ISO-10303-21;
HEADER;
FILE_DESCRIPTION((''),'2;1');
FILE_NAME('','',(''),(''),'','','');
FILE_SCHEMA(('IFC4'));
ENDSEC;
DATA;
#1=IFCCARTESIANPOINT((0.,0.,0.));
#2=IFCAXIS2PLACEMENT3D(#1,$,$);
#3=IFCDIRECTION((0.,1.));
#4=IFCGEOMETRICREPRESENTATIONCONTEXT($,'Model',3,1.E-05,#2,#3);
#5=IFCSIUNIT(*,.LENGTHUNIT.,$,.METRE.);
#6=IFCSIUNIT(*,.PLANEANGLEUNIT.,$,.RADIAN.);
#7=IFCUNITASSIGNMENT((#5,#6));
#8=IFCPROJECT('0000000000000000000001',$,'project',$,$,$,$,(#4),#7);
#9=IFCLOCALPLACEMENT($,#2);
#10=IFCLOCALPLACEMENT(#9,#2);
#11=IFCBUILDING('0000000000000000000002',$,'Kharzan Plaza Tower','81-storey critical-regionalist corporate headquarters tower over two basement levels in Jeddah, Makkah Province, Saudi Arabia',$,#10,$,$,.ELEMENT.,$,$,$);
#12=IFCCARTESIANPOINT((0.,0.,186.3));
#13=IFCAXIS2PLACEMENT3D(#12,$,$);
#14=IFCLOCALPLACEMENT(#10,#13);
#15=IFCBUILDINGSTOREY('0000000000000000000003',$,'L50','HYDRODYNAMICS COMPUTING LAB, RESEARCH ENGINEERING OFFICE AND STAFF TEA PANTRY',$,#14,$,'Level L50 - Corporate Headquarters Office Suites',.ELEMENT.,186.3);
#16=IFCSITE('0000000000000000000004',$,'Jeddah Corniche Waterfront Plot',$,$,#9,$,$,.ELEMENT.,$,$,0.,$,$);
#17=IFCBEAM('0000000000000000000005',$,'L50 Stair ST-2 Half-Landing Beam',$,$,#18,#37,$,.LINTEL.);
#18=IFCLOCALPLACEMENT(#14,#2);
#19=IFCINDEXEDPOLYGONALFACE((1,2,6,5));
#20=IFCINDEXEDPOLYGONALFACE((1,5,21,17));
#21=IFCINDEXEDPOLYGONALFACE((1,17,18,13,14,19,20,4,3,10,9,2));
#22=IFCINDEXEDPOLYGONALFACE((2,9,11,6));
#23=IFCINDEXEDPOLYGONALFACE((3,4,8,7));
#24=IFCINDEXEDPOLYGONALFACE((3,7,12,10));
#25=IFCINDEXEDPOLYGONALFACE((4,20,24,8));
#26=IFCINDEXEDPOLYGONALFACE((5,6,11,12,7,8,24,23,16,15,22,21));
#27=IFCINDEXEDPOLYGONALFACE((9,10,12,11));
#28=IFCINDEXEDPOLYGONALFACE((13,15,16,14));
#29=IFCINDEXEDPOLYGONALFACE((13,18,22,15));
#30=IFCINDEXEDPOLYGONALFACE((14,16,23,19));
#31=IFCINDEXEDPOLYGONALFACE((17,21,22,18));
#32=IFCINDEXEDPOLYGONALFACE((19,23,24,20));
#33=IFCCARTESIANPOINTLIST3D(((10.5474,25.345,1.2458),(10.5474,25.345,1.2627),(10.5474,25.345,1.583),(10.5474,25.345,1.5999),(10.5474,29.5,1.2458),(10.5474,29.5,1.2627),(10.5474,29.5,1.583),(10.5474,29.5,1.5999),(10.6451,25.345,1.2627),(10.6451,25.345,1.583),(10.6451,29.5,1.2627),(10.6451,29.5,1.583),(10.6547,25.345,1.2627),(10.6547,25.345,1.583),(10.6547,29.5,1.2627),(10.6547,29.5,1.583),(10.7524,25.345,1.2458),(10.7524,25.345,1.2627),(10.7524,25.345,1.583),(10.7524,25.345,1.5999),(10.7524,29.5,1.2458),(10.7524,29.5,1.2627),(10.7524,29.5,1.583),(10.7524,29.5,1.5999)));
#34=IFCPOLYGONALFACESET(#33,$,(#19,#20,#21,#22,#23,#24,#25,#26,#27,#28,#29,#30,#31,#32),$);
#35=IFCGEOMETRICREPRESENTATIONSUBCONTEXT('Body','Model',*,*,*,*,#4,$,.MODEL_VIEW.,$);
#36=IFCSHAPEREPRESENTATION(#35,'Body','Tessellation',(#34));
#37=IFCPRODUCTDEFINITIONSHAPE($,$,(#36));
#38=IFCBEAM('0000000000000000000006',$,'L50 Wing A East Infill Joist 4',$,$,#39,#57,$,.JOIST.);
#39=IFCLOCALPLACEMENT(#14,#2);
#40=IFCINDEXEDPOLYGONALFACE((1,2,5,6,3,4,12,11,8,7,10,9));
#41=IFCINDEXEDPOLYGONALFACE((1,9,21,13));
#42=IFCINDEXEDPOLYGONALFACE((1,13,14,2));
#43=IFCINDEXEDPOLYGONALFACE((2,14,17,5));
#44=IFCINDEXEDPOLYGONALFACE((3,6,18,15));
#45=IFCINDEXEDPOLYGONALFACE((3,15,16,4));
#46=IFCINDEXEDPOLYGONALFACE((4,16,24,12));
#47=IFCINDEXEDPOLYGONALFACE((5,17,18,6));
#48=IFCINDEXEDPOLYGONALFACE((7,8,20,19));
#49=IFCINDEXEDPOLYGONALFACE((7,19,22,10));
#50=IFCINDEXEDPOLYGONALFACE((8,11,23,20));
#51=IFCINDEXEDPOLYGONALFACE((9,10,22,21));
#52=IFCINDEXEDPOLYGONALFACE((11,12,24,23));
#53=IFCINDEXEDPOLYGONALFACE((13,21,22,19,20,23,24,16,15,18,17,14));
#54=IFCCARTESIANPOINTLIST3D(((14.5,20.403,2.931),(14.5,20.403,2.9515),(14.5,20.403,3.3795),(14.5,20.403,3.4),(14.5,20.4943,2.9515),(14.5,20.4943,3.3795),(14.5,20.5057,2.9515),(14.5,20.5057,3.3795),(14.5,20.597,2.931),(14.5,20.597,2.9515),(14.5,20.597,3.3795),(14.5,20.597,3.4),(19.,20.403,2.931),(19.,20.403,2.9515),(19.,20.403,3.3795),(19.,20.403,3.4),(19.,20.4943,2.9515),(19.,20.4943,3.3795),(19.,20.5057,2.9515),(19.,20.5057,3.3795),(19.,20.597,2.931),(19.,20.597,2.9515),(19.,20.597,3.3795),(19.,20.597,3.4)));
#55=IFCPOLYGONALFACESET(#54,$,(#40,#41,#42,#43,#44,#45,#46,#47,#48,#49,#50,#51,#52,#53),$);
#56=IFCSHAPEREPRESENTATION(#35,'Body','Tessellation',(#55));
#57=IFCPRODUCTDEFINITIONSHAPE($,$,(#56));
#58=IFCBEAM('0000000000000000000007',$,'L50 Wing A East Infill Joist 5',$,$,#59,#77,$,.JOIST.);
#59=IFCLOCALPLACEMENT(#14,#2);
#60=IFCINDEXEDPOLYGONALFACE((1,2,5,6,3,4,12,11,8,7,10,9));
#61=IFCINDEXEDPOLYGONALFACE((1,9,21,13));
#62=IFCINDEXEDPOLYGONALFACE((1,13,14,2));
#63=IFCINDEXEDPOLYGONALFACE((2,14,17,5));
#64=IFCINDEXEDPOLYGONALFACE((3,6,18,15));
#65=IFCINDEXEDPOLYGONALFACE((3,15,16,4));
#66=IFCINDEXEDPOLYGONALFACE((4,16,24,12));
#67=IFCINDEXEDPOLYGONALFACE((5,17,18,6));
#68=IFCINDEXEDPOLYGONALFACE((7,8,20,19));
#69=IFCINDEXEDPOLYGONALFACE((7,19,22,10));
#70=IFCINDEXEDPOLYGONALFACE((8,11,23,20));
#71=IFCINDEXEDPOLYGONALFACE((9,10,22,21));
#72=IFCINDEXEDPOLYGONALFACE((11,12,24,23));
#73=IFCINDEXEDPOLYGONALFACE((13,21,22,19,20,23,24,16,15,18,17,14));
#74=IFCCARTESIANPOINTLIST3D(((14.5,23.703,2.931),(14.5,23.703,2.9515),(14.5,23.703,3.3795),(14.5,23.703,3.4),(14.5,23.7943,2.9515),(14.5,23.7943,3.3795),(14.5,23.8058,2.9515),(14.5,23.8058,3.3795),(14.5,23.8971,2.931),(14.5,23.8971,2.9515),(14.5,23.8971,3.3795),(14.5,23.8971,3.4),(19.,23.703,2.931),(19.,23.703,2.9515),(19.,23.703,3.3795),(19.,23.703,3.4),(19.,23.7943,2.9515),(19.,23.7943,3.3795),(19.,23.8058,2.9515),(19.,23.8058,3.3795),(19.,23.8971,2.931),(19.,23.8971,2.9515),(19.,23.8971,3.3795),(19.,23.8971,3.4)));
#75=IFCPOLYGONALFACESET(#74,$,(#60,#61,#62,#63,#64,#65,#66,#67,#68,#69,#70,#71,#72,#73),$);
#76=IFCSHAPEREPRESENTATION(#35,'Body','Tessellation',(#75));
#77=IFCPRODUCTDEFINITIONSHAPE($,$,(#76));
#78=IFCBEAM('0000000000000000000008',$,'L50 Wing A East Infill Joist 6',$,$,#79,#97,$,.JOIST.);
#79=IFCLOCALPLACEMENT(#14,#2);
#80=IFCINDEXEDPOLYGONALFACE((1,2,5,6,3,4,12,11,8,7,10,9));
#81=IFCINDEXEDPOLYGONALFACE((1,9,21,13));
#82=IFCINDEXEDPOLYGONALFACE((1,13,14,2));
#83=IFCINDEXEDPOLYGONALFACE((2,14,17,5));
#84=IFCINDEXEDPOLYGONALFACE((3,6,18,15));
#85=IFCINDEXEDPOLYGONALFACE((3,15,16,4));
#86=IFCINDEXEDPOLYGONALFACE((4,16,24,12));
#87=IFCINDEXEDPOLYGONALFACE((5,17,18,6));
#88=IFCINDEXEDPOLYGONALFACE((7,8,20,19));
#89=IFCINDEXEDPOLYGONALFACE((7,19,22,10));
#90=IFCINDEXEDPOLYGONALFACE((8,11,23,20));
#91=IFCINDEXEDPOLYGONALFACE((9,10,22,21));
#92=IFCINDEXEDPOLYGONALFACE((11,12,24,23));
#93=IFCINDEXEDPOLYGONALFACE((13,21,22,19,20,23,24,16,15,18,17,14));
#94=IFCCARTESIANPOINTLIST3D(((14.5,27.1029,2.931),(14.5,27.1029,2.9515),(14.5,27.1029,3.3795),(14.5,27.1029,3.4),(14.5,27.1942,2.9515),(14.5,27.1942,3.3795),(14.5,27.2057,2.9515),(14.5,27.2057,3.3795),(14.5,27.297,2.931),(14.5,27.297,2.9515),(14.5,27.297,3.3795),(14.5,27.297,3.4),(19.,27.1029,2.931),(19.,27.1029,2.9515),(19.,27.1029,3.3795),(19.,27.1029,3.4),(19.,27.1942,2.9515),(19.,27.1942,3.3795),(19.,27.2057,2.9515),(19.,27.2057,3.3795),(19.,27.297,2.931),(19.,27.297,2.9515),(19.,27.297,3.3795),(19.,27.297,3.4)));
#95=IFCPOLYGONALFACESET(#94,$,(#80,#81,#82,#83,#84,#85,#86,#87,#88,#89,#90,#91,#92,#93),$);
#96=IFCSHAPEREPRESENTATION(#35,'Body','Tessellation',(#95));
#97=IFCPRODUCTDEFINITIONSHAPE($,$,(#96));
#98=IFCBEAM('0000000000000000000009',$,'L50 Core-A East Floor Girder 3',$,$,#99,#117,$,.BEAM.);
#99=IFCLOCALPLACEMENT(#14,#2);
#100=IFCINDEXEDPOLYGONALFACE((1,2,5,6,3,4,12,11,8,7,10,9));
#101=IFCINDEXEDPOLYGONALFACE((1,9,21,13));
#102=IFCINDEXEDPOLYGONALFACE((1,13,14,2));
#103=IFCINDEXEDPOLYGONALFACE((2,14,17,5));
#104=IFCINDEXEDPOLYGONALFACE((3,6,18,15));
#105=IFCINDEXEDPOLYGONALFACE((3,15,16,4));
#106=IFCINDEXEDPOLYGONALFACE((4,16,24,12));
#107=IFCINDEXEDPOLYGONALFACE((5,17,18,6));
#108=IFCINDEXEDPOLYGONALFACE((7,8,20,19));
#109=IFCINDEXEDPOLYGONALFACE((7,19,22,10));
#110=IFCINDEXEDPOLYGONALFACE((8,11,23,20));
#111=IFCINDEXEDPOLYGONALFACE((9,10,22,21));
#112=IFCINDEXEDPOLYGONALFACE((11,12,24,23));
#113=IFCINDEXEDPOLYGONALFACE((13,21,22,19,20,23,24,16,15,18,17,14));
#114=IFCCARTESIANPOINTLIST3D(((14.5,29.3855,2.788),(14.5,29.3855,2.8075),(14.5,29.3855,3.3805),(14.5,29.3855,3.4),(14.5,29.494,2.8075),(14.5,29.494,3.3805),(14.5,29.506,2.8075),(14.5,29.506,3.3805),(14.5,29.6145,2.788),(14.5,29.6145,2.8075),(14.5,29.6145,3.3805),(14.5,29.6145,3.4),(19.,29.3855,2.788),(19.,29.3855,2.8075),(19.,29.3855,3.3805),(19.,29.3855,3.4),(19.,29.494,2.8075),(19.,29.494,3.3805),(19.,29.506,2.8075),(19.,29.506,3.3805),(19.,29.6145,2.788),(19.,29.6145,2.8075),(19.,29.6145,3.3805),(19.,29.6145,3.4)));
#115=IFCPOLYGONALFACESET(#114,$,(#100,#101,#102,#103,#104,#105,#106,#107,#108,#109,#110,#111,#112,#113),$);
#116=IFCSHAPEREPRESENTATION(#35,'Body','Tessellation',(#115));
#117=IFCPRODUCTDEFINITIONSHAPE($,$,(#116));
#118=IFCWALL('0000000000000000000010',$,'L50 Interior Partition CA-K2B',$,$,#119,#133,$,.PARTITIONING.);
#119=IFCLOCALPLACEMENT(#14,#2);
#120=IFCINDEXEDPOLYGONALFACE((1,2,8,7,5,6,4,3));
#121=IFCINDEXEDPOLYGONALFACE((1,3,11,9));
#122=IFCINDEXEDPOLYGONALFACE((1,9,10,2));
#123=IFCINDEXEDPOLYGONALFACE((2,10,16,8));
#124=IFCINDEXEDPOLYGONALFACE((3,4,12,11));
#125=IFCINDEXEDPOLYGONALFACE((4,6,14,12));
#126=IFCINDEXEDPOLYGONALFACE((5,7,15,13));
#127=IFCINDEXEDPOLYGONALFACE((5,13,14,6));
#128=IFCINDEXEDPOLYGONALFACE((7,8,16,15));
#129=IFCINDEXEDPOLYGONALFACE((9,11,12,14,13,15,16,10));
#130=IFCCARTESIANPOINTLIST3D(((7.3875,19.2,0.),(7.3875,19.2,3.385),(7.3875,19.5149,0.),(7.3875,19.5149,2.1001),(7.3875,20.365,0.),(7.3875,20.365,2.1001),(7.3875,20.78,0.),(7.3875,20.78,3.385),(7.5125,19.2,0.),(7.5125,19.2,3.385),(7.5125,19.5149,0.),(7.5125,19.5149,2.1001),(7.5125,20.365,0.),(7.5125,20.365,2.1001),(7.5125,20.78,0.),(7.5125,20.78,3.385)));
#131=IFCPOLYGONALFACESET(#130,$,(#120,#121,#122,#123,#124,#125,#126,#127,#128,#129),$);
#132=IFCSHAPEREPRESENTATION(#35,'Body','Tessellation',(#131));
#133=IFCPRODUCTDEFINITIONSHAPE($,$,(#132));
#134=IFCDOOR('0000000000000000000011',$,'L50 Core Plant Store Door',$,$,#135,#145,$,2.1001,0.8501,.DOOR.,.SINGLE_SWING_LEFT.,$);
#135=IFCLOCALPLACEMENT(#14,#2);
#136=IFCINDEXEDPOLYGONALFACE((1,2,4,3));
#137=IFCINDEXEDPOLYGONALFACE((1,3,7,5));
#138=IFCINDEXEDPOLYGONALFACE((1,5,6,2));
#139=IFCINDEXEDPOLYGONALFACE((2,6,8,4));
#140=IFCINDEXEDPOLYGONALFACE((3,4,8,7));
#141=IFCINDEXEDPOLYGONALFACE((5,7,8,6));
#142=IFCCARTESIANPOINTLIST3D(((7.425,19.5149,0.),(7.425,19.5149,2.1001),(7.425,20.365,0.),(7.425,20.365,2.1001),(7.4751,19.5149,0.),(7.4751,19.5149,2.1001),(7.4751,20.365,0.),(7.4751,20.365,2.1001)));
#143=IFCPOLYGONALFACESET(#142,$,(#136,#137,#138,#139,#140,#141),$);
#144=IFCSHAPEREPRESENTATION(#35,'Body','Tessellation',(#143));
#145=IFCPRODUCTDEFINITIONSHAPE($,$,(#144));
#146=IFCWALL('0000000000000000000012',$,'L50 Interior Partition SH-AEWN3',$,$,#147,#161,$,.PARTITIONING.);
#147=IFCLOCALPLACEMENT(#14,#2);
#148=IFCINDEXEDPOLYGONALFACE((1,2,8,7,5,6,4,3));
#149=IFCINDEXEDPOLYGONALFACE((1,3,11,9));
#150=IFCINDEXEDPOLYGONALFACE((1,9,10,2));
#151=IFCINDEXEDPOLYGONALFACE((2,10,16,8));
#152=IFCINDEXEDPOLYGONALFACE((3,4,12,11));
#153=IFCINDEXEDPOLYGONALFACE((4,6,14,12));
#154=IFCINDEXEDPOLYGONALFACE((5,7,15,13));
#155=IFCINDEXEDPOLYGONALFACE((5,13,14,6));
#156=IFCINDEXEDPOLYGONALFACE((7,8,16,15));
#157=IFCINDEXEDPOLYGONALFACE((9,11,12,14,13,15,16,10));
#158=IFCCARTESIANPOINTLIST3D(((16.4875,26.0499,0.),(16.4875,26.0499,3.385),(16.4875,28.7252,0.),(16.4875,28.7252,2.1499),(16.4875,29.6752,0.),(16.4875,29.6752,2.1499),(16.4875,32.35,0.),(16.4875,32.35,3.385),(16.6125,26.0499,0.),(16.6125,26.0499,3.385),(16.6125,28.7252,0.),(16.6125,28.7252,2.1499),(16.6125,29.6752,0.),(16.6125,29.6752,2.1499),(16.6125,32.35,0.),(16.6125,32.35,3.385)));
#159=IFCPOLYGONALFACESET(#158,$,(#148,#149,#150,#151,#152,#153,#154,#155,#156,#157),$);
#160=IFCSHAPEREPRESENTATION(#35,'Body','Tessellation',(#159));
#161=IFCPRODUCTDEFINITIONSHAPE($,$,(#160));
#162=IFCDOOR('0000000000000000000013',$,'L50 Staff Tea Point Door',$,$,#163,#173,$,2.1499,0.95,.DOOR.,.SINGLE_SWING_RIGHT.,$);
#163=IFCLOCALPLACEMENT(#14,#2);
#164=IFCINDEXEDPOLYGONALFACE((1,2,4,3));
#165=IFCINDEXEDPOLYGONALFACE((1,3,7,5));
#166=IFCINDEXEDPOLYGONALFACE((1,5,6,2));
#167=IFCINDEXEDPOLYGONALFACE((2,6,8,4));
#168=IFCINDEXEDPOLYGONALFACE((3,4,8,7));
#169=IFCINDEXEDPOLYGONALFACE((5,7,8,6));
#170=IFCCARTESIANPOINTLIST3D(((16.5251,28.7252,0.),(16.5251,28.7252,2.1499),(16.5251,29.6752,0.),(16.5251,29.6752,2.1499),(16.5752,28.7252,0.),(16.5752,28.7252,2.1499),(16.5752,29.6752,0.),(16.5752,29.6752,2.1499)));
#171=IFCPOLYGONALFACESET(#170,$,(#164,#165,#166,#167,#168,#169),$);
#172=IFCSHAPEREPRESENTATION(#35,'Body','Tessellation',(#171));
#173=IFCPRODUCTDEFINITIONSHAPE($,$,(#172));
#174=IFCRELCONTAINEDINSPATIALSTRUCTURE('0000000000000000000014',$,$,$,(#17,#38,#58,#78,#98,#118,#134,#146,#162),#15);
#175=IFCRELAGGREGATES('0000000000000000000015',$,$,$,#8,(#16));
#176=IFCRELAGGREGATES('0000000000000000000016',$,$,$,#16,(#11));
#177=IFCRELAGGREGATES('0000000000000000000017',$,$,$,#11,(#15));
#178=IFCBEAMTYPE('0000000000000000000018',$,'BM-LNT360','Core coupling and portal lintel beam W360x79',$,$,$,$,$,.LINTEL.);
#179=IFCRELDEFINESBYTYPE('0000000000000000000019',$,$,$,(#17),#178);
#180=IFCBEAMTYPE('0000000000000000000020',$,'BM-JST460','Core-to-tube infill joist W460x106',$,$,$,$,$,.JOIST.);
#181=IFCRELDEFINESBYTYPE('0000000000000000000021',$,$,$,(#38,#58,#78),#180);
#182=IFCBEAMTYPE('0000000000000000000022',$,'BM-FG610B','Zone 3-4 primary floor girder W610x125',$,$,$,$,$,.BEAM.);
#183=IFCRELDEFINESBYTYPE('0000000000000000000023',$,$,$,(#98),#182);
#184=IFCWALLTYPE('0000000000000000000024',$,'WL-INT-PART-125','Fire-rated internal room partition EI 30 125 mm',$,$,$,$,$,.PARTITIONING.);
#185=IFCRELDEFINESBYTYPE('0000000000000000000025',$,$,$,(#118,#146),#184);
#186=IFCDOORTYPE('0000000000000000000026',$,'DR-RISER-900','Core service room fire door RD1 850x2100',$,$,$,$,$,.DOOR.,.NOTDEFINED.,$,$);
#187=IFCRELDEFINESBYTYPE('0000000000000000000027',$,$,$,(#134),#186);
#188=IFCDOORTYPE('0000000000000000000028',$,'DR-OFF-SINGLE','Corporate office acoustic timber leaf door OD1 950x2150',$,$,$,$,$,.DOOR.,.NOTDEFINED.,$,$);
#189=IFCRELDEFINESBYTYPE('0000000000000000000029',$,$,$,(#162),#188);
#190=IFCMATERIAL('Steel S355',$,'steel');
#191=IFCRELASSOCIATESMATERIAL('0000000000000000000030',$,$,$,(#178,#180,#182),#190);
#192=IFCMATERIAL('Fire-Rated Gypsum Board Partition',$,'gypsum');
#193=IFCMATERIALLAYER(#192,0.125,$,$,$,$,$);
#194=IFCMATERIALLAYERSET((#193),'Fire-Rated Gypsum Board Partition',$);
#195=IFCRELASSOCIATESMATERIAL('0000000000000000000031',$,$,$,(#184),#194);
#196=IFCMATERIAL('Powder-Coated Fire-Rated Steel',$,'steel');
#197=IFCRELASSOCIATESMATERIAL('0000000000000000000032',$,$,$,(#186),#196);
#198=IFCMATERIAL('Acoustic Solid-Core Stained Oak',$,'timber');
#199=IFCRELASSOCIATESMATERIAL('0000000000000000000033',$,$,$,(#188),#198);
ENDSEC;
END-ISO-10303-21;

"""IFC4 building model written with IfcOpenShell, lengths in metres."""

from ifc_helpers import new_model, si_unit, direction, frame, frame_2d, origin, origin_2d, place, context, subcontext, project, spatial, rectangle, i_section, extrude, source, transform, mapped, material, layer, layer_set, material_profile, profile_set, type_object, element, fill, save


model = new_model("IFC4")

# Units and contexts
model_context = context("Model", 3, precision=1e-05, world=origin(), true_north=direction((0.0, 1.0)))
body_context = subcontext(model_context, "Body", "Model", "MODEL_VIEW")
ifc_project = project(units=[si_unit("LENGTHUNIT", "METRE"), si_unit("PLANEANGLEUNIT", "RADIAN")], contexts=[model_context])

# Site, building, storey
site_placement = place(None, origin())
site = spatial("IfcSite", under=ifc_project, at=site_placement, Name="Jeddah Corniche Waterfront Plot", CompositionType="ELEMENT", RefElevation=0.0)
building_placement = place(site_placement, origin())
building = spatial("IfcBuilding", under=site, at=building_placement, Name="Kharzan Plaza Tower", Description="81-storey critical-regionalist corporate headquarters tower over two basement levels in Jeddah, Makkah Province, Saudi Arabia", CompositionType="ELEMENT")
storey_placement = place(building_placement, frame((0.0, 0.0, 186.3)))
storey = spatial("IfcBuildingStorey", under=building, at=storey_placement, Name="L50", Description="HYDRODYNAMICS COMPUTING LAB, RESEARCH ENGINEERING OFFICE AND STAFF TEA PANTRY", LongName="Level L50 - Corporate Headquarters Office Suites", CompositionType="ELEMENT", Elevation=186.3)

# Beams
ifc_material_1 = material(Name="Steel S355", Category="steel")
ifc_material_profile_1 = material_profile(ifc_material_1, i_section(OverallWidth=0.2051, OverallDepth=0.354, WebThickness=0.0095, FlangeThickness=0.0168, at=origin_2d()), Name="W360x79")
ifc_profile_set_1 = profile_set([ifc_material_profile_1], Name="Steel S355")
beam_type_1 = type_object("IfcBeamType", Name="BM-LNT360", Description="Core coupling and portal lintel beam W360x79", PredefinedType="LINTEL", material=ifc_profile_set_1)
shared_shape_1 = source(origin(), body_context, "Body", "SweptSolid", [
    extrude(i_section(OverallWidth=0.2051, OverallDepth=0.354, WebThickness=0.0095, FlangeThickness=0.0168, at=origin_2d()), origin(), (0.0, 0.0, 1.0), 4.155),
])
beam_1_placement = place(storey_placement, frame((10.6499, 25.345, 1.4229), z_axis=(0.0, 1.0, 0.0), x_axis=(-1.0, 0.0, 0.0)))
element("IfcBeam", 1, at=beam_1_placement, inside=storey, type_object=beam_type_1, Name="L50 Stair ST-2 Half-Landing Beam", PredefinedType="LINTEL", context=body_context, shape_type="MappedRepresentation", body=[
    mapped(shared_shape_1, transform((0.0, 0.0, 0.0), x_axis=(1.0, 0.0, 0.0), y_axis=(0.0, 1.0, 0.0), z_axis=(0.0, 0.0, 1.0))),
])
ifc_material_profile_2 = material_profile(ifc_material_1, i_section(OverallWidth=0.1941, OverallDepth=0.469, WebThickness=0.0115, FlangeThickness=0.0205, at=origin_2d()), Name="W460x106")
ifc_profile_set_2 = profile_set([ifc_material_profile_2], Name="Steel S355")
beam_type_2 = type_object("IfcBeamType", Name="BM-JST460", Description="Core-to-tube infill joist W460x106", PredefinedType="JOIST", material=ifc_profile_set_2)
shared_shape_2 = source(origin(), body_context, "Body", "SweptSolid", [
    extrude(i_section(OverallWidth=0.1941, OverallDepth=0.469, WebThickness=0.0115, FlangeThickness=0.0205, at=origin_2d()), origin(), (0.0, 0.0, 1.0), 4.5),
])
for number, where, z_axis, x_axis, name in (
    (2, (14.5, 20.5, 3.1655), (1.0, 0.0, 0.0), (0.0, 1.0, 0.0), "L50 Wing A East Infill Joist 4"),
    (3, (14.5, 23.8, 3.1655), (1.0, 0.0, 0.0), (0.0, 1.0, 0.0), "L50 Wing A East Infill Joist 5"),
    (4, (14.5, 27.2, 3.1655), (1.0, 0.0, 0.0), (0.0, 1.0, 0.0), "L50 Wing A East Infill Joist 6"),
):
    element("IfcBeam", number, at=place(storey_placement, frame(where, z_axis=z_axis, x_axis=x_axis)), inside=storey, type_object=beam_type_2, Name=name, PredefinedType="JOIST", context=body_context, shape_type="MappedRepresentation", body=[
        mapped(shared_shape_2, transform((0.0, 0.0, 0.0), x_axis=(1.0, 0.0, 0.0), y_axis=(0.0, 1.0, 0.0), z_axis=(0.0, 0.0, 1.0))),
    ])
ifc_material_profile_3 = material_profile(ifc_material_1, i_section(OverallWidth=0.229, OverallDepth=0.6121, WebThickness=0.012, FlangeThickness=0.0195, at=origin_2d()), Name="W610x125")
ifc_profile_set_3 = profile_set([ifc_material_profile_3], Name="Steel S355")
beam_type_3 = type_object("IfcBeamType", Name="BM-FG610B", Description="Zone 3-4 primary floor girder W610x125", PredefinedType="BEAM", material=ifc_profile_set_3)
shared_shape_3 = source(origin(), body_context, "Body", "SweptSolid", [
    extrude(i_section(OverallWidth=0.229, OverallDepth=0.6121, WebThickness=0.012, FlangeThickness=0.0195, at=origin_2d()), origin(), (0.0, 0.0, 1.0), 4.5),
])
beam_2_placement = place(storey_placement, frame((14.5, 29.5, 3.094), z_axis=(1.0, 0.0, 0.0), x_axis=(0.0, 1.0, 0.0)))
element("IfcBeam", 5, at=beam_2_placement, inside=storey, type_object=beam_type_3, Name="L50 Core-A East Floor Girder 3", PredefinedType="BEAM", context=body_context, shape_type="MappedRepresentation", body=[
    mapped(shared_shape_3, transform((0.0, 0.0, 0.0), x_axis=(1.0, 0.0, 0.0), y_axis=(0.0, 1.0, 0.0), z_axis=(0.0, 0.0, 1.0))),
])

# Walls, openings, doors
ifc_material_2 = material(Name="Fire-Rated Gypsum Board Partition", Category="gypsum")
ifc_layer_1 = layer(ifc_material_2, 0.125)
ifc_layer_set_1 = layer_set([ifc_layer_1], Name="Fire-Rated Gypsum Board Partition")
wall_type_1 = type_object("IfcWallType", Name="WL-INT-PART-125", Description="Fire-rated internal room partition EI 30 125 mm", PredefinedType="PARTITIONING", material=ifc_layer_set_1)
wall_1_placement = place(storey_placement, frame((7.45, 19.2, 0.0), z_axis=(0.0, 0.0, 1.0), x_axis=(0.0, 1.0, 0.0)))
wall_1 = element("IfcWall", 6, at=wall_1_placement, inside=storey, type_object=wall_type_1, Name="L50 Interior Partition CA-K2B", PredefinedType="PARTITIONING", context=body_context, shape_type="SweptSolid", body=[
    extrude(rectangle(XDim=1.5801, YDim=0.125, at=frame_2d((0.79, 0.0))), origin(), (0.0, 0.0, 1.0), 3.385),
])
opening_1_placement = place(wall_1_placement, frame((0.3149, 0.0, 0.0)))
opening_1 = element("IfcOpeningElement", 7, at=opening_1_placement, cuts=wall_1, PredefinedType="OPENING", context=body_context, shape_type="SweptSolid", body=[
    extrude(rectangle(XDim=0.8501, YDim=2.1001, at=frame_2d((0.425, 1.05))), frame((0.0, 0.0725, 0.0), z_axis=(0.0, -1.0, 0.0), x_axis=(1.0, 0.0, 0.0)), (0.0, 0.0, 1.0), 0.145),
])
ifc_material_3 = material(Name="Powder-Coated Fire-Rated Steel", Category="steel")
door_type_1 = type_object("IfcDoorType", Name="DR-RISER-900", Description="Core service room fire door RD1 850x2100", OperationType="NOTDEFINED", PredefinedType="DOOR", material=ifc_material_3)
shared_shape_4 = source(origin(), body_context, "Body", "SweptSolid", [
    extrude(rectangle(XDim=0.8501, YDim=2.1001, at=frame_2d((0.425, 1.05))), frame((0.0, 0.0249, 0.0), z_axis=(0.0, -1.0, 0.0), x_axis=(1.0, 0.0, 0.0)), (0.0, 0.0, 1.0), 0.05),
])
door_1_placement = place(opening_1_placement, origin())
door_1 = element("IfcDoor", 8, at=door_1_placement, inside=storey, type_object=door_type_1, Name="L50 Core Plant Store Door", OperationType="SINGLE_SWING_LEFT", OverallHeight=2.1001, OverallWidth=0.8501, PredefinedType="DOOR", context=body_context, shape_type="MappedRepresentation", body=[
    mapped(shared_shape_4, transform((0.0, 0.0, 0.0), x_axis=(1.0, 0.0, 0.0), y_axis=(0.0, 1.0, 0.0), z_axis=(0.0, 0.0, 1.0))),
])
fill(opening_1, door_1)
wall_2_placement = place(storey_placement, frame((16.55, 26.05, 0.0), z_axis=(0.0, 0.0, 1.0), x_axis=(0.0, 1.0, 0.0)))
wall_2 = element("IfcWall", 9, at=wall_2_placement, inside=storey, type_object=wall_type_1, Name="L50 Interior Partition SH-AEWN3", PredefinedType="PARTITIONING", context=body_context, shape_type="SweptSolid", body=[
    extrude(rectangle(XDim=6.3, YDim=0.125, at=frame_2d((3.1499, 0.0))), origin(), (0.0, 0.0, 1.0), 3.385),
])
opening_2_placement = place(wall_2_placement, frame((2.675, 0.0, 0.0)))
opening_2 = element("IfcOpeningElement", 10, at=opening_2_placement, cuts=wall_2, PredefinedType="OPENING", context=body_context, shape_type="SweptSolid", body=[
    extrude(rectangle(XDim=0.95, YDim=2.1499, at=frame_2d((0.4751, 1.075))), frame((0.0, 0.0725, 0.0), z_axis=(0.0, -1.0, 0.0), x_axis=(1.0, 0.0, 0.0)), (0.0, 0.0, 1.0), 0.145),
])
ifc_material_4 = material(Name="Acoustic Solid-Core Stained Oak", Category="timber")
door_type_2 = type_object("IfcDoorType", Name="DR-OFF-SINGLE", Description="Corporate office acoustic timber leaf door OD1 950x2150", OperationType="NOTDEFINED", PredefinedType="DOOR", material=ifc_material_4)
shared_shape_5 = source(origin(), body_context, "Body", "SweptSolid", [
    extrude(rectangle(XDim=0.95, YDim=2.1499, at=frame_2d((0.4751, 1.075))), frame((0.0, 0.0249, 0.0), z_axis=(0.0, -1.0, 0.0), x_axis=(1.0, 0.0, 0.0)), (0.0, 0.0, 1.0), 0.05),
])
door_2_placement = place(opening_2_placement, origin())
door_2 = element("IfcDoor", 11, at=door_2_placement, inside=storey, type_object=door_type_2, Name="L50 Staff Tea Point Door", OperationType="SINGLE_SWING_RIGHT", OverallHeight=2.1499, OverallWidth=0.95, PredefinedType="DOOR", context=body_context, shape_type="MappedRepresentation", body=[
    mapped(shared_shape_5, transform((0.0, 0.0, 0.0), x_axis=(1.0, 0.0, 0.0), y_axis=(0.0, 1.0, 0.0), z_axis=(0.0, 0.0, 1.0))),
])
fill(opening_2, door_2)

save(model, "model.ifc")
